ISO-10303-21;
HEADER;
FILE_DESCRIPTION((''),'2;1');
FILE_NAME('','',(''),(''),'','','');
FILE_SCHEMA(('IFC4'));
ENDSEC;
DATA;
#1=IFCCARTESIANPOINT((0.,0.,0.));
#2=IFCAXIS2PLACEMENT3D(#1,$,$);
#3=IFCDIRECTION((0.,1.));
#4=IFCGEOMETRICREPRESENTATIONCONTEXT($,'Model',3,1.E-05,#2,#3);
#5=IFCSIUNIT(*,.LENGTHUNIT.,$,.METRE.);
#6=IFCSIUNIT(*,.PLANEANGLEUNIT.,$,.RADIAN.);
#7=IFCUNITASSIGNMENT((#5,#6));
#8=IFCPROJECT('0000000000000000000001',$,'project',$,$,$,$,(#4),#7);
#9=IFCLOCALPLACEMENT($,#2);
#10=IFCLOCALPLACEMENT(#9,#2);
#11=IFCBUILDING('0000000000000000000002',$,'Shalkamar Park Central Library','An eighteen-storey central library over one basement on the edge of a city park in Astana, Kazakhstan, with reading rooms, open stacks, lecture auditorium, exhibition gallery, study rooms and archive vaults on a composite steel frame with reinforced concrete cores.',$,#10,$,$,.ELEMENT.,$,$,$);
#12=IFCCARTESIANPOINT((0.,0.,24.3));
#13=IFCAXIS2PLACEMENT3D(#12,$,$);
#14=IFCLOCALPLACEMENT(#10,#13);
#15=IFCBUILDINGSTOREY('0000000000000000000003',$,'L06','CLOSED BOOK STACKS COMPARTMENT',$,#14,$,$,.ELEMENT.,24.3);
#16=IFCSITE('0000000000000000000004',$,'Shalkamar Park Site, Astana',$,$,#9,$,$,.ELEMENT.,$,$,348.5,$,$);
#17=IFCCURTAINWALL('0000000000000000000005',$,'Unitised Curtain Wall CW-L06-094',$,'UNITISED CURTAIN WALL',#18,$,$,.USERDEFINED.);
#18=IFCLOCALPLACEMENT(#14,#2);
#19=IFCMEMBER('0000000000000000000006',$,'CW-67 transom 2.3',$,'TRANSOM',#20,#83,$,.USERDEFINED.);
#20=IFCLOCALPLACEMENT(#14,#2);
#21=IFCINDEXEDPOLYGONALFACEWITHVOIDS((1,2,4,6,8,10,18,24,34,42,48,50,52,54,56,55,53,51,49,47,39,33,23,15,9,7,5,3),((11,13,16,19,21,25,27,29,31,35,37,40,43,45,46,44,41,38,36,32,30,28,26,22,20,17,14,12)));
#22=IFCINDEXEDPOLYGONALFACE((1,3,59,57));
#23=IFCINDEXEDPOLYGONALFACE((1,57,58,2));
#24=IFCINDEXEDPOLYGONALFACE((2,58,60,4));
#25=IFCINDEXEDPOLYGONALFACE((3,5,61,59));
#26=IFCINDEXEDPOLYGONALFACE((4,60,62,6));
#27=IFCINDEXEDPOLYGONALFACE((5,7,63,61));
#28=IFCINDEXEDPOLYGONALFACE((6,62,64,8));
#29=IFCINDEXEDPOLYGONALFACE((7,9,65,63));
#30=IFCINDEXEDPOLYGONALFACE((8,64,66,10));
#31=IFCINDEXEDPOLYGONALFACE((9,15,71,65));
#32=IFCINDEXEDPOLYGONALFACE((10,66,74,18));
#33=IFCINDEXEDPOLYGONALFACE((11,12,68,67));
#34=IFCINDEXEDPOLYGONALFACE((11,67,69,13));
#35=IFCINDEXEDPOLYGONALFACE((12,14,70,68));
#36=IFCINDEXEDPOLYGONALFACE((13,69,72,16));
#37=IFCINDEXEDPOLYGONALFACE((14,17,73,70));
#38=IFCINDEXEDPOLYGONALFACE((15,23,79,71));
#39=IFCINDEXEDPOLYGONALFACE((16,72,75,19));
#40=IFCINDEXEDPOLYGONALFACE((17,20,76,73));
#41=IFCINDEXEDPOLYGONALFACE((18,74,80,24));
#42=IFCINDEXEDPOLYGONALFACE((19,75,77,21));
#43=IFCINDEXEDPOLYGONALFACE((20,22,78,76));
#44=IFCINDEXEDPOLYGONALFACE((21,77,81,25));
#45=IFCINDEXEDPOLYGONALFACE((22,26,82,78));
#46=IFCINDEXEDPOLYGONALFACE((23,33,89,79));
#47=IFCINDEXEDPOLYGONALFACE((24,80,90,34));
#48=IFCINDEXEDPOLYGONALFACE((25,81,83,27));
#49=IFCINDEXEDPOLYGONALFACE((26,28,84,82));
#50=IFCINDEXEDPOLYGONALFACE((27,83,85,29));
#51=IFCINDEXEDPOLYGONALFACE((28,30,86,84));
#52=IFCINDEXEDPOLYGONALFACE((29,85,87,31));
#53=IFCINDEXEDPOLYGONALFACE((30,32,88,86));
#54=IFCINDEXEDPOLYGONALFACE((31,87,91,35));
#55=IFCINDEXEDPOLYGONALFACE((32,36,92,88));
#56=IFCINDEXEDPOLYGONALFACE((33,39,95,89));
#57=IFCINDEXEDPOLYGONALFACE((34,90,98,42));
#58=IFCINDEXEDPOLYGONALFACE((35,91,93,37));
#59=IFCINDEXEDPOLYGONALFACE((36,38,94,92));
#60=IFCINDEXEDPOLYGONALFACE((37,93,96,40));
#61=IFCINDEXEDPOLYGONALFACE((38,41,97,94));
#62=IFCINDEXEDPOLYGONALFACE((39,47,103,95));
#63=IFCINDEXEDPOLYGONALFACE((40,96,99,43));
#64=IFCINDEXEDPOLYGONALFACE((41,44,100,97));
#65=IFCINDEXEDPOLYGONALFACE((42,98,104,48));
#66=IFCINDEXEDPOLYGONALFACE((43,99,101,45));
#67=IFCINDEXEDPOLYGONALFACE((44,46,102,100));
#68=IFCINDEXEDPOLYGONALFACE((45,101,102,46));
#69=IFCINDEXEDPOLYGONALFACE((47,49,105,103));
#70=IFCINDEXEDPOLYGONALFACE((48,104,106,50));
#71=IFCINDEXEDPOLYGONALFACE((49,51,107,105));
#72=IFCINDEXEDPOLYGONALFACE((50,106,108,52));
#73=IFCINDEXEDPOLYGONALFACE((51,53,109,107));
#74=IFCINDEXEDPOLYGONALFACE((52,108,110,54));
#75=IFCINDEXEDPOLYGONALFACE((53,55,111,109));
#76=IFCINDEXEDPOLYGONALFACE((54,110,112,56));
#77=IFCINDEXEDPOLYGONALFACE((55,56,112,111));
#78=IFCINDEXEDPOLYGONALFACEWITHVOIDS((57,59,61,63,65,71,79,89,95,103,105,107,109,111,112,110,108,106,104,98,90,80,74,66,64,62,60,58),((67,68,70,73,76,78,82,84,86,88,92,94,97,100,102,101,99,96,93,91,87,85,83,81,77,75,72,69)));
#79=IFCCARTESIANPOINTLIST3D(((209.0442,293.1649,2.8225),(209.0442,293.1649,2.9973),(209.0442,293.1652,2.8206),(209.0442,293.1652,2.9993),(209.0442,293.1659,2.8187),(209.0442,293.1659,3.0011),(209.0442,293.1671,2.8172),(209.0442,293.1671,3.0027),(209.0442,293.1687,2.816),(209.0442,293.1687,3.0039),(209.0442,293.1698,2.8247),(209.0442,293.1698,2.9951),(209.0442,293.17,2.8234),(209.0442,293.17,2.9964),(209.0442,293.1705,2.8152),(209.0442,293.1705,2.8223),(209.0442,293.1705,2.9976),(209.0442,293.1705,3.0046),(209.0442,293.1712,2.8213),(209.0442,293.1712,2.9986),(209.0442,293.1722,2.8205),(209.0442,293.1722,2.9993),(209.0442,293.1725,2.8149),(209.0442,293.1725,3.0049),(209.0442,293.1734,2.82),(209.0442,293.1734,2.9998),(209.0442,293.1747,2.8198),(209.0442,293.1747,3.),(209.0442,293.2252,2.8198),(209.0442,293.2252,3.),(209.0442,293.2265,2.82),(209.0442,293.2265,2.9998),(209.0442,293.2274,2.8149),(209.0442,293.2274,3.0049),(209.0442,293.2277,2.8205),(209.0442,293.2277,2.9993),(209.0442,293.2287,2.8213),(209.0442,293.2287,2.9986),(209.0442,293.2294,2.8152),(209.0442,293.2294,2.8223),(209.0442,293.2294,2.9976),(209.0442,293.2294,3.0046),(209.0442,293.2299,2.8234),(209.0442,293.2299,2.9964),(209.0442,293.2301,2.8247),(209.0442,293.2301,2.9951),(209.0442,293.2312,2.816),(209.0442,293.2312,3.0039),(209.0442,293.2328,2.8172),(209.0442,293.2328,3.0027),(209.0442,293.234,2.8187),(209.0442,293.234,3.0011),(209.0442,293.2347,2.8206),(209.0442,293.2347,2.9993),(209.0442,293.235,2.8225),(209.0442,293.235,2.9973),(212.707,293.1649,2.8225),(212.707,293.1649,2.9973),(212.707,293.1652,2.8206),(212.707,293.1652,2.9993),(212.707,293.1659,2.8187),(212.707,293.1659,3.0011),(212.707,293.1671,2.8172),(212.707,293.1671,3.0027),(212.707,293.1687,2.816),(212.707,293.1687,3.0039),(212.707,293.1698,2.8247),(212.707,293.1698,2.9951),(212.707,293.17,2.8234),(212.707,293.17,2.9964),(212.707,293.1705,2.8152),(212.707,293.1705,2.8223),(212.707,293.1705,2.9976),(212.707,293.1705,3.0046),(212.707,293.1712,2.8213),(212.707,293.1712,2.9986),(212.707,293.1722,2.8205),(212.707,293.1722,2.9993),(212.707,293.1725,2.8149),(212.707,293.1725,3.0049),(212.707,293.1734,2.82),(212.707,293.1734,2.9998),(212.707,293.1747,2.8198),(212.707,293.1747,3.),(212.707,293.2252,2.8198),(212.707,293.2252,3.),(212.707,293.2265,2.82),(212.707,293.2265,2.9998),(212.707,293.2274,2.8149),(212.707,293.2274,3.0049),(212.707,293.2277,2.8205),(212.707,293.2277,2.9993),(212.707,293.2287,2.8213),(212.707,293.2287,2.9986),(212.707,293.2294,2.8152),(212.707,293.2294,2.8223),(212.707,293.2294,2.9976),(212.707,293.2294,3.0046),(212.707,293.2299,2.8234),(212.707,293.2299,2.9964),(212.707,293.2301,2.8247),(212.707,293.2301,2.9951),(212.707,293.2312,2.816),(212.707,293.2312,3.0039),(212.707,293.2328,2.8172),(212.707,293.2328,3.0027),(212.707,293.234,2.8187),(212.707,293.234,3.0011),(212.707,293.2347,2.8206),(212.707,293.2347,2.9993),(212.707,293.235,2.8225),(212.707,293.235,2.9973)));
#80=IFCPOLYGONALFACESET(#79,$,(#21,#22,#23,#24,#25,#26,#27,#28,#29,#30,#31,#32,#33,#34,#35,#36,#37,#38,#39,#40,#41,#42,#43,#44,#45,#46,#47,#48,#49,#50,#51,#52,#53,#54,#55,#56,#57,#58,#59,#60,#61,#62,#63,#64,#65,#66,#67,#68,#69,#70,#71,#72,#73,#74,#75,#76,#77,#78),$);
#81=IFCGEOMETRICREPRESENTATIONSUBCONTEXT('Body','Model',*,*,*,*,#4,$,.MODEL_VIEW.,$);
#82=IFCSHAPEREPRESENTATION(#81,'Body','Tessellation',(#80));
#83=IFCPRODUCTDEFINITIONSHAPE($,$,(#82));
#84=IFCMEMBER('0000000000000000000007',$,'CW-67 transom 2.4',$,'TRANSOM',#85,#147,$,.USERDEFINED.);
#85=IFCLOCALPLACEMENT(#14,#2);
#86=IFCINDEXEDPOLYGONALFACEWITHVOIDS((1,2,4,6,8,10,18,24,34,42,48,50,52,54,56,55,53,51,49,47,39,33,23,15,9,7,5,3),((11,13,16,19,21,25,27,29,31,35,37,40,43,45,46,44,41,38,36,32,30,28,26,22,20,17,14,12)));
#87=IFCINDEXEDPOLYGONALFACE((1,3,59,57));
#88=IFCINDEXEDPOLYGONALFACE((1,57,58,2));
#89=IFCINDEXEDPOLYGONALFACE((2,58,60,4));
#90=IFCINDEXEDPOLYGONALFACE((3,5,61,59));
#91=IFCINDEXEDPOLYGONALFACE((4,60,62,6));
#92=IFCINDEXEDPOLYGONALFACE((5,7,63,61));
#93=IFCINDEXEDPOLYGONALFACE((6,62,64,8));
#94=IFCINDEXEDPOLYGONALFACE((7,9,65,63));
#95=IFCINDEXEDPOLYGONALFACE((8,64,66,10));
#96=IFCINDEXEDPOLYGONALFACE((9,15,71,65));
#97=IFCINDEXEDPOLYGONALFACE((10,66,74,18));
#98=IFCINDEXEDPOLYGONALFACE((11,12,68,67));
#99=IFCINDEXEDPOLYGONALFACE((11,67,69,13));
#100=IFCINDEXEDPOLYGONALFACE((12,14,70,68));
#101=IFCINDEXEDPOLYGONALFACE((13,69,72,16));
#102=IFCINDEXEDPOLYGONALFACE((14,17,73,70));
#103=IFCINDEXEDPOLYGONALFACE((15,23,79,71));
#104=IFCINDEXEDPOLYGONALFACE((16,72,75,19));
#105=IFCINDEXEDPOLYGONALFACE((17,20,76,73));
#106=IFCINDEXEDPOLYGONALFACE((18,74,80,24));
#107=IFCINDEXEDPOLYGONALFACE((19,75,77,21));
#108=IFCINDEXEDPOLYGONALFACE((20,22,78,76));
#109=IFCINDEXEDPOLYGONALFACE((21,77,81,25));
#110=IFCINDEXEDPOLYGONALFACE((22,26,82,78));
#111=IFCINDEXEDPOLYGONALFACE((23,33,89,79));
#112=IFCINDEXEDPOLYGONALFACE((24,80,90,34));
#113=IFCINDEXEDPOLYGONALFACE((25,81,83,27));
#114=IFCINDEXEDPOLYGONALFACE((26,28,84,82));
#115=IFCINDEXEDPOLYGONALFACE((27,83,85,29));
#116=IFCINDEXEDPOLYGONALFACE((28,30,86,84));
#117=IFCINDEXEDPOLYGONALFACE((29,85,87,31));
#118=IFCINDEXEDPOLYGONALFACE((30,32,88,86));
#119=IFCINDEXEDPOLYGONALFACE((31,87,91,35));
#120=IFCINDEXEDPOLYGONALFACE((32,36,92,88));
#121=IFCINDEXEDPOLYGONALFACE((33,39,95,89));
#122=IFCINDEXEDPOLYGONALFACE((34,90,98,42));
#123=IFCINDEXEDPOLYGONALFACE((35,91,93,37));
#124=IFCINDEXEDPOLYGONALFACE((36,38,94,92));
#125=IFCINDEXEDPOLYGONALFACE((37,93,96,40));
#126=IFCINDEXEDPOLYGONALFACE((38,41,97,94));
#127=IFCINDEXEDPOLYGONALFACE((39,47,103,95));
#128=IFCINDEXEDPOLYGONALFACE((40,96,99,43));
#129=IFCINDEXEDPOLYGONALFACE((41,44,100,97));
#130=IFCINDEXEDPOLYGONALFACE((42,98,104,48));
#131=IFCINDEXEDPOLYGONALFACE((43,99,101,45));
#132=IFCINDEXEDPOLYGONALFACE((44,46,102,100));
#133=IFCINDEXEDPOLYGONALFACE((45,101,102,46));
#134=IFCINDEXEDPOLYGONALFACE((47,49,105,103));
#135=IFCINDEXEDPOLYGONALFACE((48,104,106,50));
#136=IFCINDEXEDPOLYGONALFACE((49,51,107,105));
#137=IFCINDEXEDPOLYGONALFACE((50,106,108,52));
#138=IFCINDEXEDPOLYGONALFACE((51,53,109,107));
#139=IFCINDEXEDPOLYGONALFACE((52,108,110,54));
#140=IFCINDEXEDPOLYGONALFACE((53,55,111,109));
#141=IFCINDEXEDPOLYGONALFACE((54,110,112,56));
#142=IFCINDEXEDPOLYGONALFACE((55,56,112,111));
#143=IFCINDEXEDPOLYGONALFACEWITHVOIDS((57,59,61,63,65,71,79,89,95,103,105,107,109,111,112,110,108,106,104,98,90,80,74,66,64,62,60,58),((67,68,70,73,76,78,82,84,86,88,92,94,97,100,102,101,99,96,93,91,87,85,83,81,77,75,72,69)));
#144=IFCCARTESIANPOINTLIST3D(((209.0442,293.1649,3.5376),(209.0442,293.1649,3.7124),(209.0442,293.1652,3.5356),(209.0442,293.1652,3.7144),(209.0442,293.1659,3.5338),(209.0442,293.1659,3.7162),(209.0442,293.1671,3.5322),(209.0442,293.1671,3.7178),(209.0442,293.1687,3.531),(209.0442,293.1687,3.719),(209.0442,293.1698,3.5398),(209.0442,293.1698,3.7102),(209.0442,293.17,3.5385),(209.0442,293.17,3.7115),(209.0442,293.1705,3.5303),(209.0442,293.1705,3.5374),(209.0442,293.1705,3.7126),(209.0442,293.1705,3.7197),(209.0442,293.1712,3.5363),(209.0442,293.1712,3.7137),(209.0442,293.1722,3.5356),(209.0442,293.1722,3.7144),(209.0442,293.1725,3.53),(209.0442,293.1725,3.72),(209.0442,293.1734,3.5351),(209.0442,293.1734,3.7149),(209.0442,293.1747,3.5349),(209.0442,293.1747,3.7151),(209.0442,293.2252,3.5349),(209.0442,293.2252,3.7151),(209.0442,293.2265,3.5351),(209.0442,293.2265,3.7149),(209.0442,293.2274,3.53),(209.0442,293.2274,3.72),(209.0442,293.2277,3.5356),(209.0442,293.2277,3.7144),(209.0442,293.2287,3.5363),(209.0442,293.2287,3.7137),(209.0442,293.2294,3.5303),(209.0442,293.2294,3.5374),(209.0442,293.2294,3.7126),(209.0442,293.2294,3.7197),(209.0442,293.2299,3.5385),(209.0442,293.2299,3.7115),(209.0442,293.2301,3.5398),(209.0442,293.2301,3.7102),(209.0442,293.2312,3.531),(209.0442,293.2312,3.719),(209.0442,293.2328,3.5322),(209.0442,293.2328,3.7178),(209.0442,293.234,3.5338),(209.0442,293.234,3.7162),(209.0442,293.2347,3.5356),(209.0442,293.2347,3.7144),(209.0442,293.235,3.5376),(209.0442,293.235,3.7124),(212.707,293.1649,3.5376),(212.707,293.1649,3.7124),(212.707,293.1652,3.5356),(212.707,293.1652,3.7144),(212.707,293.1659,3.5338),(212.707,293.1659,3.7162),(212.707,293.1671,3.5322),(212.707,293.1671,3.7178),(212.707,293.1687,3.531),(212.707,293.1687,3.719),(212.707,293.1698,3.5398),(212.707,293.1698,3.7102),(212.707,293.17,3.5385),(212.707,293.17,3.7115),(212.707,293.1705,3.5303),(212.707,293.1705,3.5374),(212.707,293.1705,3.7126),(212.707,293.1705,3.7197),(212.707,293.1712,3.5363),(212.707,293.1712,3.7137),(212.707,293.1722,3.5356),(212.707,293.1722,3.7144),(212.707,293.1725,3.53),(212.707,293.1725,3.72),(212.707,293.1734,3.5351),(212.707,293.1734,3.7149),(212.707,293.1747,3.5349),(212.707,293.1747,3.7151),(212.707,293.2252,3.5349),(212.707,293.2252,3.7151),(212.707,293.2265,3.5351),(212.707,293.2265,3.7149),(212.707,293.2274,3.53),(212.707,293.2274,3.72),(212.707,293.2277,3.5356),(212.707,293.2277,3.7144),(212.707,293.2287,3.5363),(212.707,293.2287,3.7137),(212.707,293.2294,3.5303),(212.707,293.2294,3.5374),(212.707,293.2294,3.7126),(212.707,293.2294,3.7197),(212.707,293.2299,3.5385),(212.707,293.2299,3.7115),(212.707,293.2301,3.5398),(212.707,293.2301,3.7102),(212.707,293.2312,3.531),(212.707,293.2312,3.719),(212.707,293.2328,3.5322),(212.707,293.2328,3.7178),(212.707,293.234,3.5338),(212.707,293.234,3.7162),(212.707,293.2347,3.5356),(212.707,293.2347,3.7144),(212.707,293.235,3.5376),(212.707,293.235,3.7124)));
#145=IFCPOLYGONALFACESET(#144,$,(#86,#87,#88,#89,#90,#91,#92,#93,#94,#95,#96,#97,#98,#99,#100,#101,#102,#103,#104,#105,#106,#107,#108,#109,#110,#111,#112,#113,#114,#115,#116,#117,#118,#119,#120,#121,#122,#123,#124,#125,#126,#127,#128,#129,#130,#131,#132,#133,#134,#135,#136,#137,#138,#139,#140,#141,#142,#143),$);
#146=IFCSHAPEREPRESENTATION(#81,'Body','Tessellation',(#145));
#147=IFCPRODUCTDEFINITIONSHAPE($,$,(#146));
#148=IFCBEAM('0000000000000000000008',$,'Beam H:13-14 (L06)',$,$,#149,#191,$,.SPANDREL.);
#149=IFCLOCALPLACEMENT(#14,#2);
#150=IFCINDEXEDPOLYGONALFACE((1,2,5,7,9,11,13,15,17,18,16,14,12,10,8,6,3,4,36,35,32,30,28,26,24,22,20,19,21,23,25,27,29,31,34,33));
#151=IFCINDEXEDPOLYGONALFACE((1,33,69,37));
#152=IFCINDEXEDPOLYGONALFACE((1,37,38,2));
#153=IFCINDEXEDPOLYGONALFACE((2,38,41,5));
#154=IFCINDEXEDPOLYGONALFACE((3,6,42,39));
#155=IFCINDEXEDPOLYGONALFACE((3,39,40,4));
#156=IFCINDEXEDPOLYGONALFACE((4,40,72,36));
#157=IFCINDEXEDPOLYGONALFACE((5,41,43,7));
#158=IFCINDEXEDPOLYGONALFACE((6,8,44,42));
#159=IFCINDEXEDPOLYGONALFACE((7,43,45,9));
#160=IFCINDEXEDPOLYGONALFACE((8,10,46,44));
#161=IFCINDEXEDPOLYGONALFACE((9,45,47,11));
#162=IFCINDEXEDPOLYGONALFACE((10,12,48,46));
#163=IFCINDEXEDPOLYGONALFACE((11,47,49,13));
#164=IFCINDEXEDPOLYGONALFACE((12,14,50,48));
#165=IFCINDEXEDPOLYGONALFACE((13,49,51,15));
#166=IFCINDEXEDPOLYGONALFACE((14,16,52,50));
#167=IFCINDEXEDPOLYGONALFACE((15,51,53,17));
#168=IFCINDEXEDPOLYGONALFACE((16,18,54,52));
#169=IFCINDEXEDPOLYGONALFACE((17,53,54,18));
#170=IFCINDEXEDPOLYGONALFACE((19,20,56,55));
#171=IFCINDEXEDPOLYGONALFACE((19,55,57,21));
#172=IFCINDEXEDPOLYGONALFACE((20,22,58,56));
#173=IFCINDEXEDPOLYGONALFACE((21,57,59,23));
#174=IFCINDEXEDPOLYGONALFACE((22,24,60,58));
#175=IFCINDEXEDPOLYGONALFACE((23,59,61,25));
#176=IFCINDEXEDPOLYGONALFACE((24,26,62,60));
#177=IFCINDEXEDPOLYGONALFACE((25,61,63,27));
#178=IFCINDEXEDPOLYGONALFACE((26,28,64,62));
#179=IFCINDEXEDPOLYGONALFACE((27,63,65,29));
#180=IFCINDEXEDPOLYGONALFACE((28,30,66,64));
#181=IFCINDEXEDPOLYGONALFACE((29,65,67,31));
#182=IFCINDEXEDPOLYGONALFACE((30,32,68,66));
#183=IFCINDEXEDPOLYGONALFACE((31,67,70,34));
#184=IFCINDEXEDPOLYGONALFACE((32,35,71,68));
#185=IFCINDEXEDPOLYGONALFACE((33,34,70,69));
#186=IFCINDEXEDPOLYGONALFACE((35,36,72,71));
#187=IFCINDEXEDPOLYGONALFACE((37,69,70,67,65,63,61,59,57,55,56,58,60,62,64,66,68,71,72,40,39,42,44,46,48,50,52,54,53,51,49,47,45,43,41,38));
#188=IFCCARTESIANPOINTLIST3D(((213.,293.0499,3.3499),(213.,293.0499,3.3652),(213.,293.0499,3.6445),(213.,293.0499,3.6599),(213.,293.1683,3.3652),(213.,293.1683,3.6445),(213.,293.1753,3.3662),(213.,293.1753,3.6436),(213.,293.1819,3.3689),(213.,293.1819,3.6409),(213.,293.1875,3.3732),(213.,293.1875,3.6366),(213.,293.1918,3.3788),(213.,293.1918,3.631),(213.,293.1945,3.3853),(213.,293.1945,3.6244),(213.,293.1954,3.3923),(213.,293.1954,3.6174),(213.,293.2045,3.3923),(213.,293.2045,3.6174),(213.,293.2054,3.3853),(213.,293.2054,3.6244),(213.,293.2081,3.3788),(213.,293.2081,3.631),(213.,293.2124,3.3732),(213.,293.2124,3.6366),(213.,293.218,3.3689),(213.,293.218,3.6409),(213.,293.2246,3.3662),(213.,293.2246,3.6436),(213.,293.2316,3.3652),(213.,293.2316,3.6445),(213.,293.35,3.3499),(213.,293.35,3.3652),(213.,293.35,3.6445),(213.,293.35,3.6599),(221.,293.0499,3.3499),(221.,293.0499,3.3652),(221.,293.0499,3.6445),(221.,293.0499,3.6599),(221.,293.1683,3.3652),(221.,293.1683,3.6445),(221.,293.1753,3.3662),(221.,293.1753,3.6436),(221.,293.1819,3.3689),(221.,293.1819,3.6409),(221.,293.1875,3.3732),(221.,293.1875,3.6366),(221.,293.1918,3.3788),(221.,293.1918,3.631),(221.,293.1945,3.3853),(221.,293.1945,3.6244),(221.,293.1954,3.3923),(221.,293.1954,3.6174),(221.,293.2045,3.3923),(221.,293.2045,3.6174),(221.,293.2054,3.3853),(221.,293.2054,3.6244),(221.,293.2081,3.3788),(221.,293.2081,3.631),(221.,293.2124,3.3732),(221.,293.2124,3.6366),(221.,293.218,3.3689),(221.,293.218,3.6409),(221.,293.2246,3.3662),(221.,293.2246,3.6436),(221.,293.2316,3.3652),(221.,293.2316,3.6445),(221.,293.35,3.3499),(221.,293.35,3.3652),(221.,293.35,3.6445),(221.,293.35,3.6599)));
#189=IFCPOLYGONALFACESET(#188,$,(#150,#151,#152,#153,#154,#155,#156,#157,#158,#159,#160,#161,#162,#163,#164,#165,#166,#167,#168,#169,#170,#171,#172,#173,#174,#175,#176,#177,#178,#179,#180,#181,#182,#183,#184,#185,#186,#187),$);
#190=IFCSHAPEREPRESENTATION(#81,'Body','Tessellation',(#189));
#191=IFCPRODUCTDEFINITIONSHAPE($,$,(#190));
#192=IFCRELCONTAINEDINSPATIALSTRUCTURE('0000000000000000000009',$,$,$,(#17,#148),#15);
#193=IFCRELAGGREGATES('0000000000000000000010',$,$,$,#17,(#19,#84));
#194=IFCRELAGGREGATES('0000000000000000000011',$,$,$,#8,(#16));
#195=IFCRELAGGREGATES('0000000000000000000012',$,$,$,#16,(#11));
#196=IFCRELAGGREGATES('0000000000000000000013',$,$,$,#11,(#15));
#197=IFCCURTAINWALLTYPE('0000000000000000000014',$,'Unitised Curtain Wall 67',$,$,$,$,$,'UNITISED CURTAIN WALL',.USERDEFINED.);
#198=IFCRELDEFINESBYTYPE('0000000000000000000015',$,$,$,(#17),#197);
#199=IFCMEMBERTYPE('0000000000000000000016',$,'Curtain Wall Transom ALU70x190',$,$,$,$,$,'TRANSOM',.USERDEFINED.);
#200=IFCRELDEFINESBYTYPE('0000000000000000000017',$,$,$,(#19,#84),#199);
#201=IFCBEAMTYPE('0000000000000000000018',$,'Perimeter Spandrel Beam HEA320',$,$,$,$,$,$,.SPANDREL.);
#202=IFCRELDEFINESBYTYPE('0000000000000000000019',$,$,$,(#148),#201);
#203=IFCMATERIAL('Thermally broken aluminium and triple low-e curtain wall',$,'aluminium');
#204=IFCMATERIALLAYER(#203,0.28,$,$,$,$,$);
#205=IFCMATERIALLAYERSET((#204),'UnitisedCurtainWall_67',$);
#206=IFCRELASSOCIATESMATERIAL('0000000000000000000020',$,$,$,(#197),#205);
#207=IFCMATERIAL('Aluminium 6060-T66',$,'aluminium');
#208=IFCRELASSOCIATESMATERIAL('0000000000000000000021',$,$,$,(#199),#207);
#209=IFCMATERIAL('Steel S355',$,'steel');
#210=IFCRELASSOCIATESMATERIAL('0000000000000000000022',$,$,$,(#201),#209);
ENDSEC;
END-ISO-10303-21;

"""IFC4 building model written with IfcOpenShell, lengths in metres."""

from ifc_helpers import new_model, si_unit, direction, frame, origin, origin_2d, place, context, subcontext, project, spatial, hollow_rectangle, i_section, extrude, material, layer, layer_set, material_profile, profile_set, type_object, element, aggregate, save


model = new_model("IFC4")

# Units and contexts
model_context = context("Model", 3, precision=1e-05, world=origin(), true_north=direction((0.0, 1.0)))
body_context = subcontext(model_context, "Body", "Model", "MODEL_VIEW")
ifc_project = project(units=[si_unit("LENGTHUNIT", "METRE"), si_unit("PLANEANGLEUNIT", "RADIAN")], contexts=[model_context])

# Site, building, storey
site_placement = place(None, origin())
site = spatial("IfcSite", under=ifc_project, at=site_placement, Name="Shalkamar Park Site, Astana", CompositionType="ELEMENT", RefElevation=348.5)
building_placement = place(site_placement, origin())
building = spatial("IfcBuilding", under=site, at=building_placement, Name="Shalkamar Park Central Library", Description="An eighteen-storey central library over one basement on the edge of a city park in Astana, Kazakhstan, with reading rooms, open stacks, lecture auditorium, exhibition gallery, study rooms and archive vaults on a composite steel frame with reinforced concrete cores.", CompositionType="ELEMENT")
storey_placement = place(building_placement, frame((0.0, 0.0, 24.3)))
storey = spatial("IfcBuildingStorey", under=building, at=storey_placement, Name="L06", Description="CLOSED BOOK STACKS COMPARTMENT", CompositionType="ELEMENT", Elevation=24.3)

# Shared definitions
ifc_material_1 = material(Name="Steel S355", Category="steel")

# Shared definitions
ifc_material_2 = material(Name="Thermally broken aluminium and triple low-e curtain wall", Category="aluminium")
ifc_material_3 = material(Name="Aluminium 6060-T66", Category="aluminium")

# Curtain wall
ifc_layer_1 = layer(ifc_material_2, 0.28)
ifc_layer_set_1 = layer_set([ifc_layer_1], Name="UnitisedCurtainWall_67")
curtain_wall_type_1 = type_object("IfcCurtainWallType", Name="Unitised Curtain Wall 67", ElementType="UNITISED CURTAIN WALL", PredefinedType="USERDEFINED", material=ifc_layer_set_1)
curtain_wall_1_placement = place(storey_placement, origin())
curtain_wall_1 = element("IfcCurtainWall", 1, at=curtain_wall_1_placement, inside=storey, type_object=curtain_wall_type_1, Name="Unitised Curtain Wall CW-L06-094", ObjectType="UNITISED CURTAIN WALL", PredefinedType="USERDEFINED")

# Members
ifc_material_profile_1 = material_profile(ifc_material_3, hollow_rectangle(XDim=0.0701, YDim=0.1899, WallThickness=0.0049, InnerFilletRadius=0.0049, OuterFilletRadius=0.0076, at=origin_2d()), Name="ALU 70x190x5")
ifc_profile_set_1 = profile_set([ifc_material_profile_1], Name="Aluminium 6060-T66")
member_type_1 = type_object("IfcMemberType", Name="Curtain Wall Transom ALU70x190", ElementType="TRANSOM", PredefinedType="USERDEFINED", material=ifc_profile_set_1)
member_1_placement = place(storey_placement, frame((209.0442, 293.2, 2.9099), z_axis=(1.0, 0.0, 0.0), x_axis=(0.0, 1.0, 0.0)))
member_1 = element("IfcMember", 2, at=member_1_placement, type_object=member_type_1, Name="CW-67 transom 2.3", ObjectType="TRANSOM", PredefinedType="USERDEFINED", context=body_context, shape_type="SweptSolid", body=[
    extrude(hollow_rectangle(XDim=0.0701, YDim=0.1899, WallThickness=0.0049, InnerFilletRadius=0.0049, OuterFilletRadius=0.0076, at=origin_2d()), origin(), (0.0, 0.0, 1.0), 3.6628),
])
member_2_placement = place(storey_placement, frame((209.0442, 293.2, 3.625), z_axis=(1.0, 0.0, 0.0), x_axis=(0.0, 1.0, 0.0)))
member_2 = element("IfcMember", 3, at=member_2_placement, type_object=member_type_1, Name="CW-67 transom 2.4", ObjectType="TRANSOM", PredefinedType="USERDEFINED", context=body_context, shape_type="SweptSolid", body=[
    extrude(hollow_rectangle(XDim=0.0701, YDim=0.1899, WallThickness=0.0049, InnerFilletRadius=0.0049, OuterFilletRadius=0.0076, at=origin_2d()), origin(), (0.0, 0.0, 1.0), 3.6628),
])

# Beam
ifc_material_profile_2 = material_profile(ifc_material_1, i_section(OverallWidth=0.3, OverallDepth=0.3101, WebThickness=0.009, FlangeThickness=0.0154, FilletRadius=0.0271, at=origin_2d()), Name="HEA 320")
ifc_profile_set_2 = profile_set([ifc_material_profile_2], Name="Steel S355")
beam_type = type_object("IfcBeamType", Name="Perimeter Spandrel Beam HEA320", PredefinedType="SPANDREL", material=ifc_profile_set_2)
beam_placement = place(storey_placement, frame((213.0, 293.2, 3.5049), z_axis=(1.0, 0.0, 0.0), x_axis=(0.0, 1.0, 0.0)))
element("IfcBeam", 4, at=beam_placement, inside=storey, type_object=beam_type, Name="Beam H:13-14 (L06)", PredefinedType="SPANDREL", context=body_context, shape_type="SweptSolid", body=[
    extrude(i_section(OverallWidth=0.3, OverallDepth=0.3101, WebThickness=0.009, FlangeThickness=0.0154, FilletRadius=0.0271, at=origin_2d()), origin(), (0.0, 0.0, 1.0), 8.0),
])

aggregate(curtain_wall_1, [member_1, member_2])

save(model, "model.ifc")
